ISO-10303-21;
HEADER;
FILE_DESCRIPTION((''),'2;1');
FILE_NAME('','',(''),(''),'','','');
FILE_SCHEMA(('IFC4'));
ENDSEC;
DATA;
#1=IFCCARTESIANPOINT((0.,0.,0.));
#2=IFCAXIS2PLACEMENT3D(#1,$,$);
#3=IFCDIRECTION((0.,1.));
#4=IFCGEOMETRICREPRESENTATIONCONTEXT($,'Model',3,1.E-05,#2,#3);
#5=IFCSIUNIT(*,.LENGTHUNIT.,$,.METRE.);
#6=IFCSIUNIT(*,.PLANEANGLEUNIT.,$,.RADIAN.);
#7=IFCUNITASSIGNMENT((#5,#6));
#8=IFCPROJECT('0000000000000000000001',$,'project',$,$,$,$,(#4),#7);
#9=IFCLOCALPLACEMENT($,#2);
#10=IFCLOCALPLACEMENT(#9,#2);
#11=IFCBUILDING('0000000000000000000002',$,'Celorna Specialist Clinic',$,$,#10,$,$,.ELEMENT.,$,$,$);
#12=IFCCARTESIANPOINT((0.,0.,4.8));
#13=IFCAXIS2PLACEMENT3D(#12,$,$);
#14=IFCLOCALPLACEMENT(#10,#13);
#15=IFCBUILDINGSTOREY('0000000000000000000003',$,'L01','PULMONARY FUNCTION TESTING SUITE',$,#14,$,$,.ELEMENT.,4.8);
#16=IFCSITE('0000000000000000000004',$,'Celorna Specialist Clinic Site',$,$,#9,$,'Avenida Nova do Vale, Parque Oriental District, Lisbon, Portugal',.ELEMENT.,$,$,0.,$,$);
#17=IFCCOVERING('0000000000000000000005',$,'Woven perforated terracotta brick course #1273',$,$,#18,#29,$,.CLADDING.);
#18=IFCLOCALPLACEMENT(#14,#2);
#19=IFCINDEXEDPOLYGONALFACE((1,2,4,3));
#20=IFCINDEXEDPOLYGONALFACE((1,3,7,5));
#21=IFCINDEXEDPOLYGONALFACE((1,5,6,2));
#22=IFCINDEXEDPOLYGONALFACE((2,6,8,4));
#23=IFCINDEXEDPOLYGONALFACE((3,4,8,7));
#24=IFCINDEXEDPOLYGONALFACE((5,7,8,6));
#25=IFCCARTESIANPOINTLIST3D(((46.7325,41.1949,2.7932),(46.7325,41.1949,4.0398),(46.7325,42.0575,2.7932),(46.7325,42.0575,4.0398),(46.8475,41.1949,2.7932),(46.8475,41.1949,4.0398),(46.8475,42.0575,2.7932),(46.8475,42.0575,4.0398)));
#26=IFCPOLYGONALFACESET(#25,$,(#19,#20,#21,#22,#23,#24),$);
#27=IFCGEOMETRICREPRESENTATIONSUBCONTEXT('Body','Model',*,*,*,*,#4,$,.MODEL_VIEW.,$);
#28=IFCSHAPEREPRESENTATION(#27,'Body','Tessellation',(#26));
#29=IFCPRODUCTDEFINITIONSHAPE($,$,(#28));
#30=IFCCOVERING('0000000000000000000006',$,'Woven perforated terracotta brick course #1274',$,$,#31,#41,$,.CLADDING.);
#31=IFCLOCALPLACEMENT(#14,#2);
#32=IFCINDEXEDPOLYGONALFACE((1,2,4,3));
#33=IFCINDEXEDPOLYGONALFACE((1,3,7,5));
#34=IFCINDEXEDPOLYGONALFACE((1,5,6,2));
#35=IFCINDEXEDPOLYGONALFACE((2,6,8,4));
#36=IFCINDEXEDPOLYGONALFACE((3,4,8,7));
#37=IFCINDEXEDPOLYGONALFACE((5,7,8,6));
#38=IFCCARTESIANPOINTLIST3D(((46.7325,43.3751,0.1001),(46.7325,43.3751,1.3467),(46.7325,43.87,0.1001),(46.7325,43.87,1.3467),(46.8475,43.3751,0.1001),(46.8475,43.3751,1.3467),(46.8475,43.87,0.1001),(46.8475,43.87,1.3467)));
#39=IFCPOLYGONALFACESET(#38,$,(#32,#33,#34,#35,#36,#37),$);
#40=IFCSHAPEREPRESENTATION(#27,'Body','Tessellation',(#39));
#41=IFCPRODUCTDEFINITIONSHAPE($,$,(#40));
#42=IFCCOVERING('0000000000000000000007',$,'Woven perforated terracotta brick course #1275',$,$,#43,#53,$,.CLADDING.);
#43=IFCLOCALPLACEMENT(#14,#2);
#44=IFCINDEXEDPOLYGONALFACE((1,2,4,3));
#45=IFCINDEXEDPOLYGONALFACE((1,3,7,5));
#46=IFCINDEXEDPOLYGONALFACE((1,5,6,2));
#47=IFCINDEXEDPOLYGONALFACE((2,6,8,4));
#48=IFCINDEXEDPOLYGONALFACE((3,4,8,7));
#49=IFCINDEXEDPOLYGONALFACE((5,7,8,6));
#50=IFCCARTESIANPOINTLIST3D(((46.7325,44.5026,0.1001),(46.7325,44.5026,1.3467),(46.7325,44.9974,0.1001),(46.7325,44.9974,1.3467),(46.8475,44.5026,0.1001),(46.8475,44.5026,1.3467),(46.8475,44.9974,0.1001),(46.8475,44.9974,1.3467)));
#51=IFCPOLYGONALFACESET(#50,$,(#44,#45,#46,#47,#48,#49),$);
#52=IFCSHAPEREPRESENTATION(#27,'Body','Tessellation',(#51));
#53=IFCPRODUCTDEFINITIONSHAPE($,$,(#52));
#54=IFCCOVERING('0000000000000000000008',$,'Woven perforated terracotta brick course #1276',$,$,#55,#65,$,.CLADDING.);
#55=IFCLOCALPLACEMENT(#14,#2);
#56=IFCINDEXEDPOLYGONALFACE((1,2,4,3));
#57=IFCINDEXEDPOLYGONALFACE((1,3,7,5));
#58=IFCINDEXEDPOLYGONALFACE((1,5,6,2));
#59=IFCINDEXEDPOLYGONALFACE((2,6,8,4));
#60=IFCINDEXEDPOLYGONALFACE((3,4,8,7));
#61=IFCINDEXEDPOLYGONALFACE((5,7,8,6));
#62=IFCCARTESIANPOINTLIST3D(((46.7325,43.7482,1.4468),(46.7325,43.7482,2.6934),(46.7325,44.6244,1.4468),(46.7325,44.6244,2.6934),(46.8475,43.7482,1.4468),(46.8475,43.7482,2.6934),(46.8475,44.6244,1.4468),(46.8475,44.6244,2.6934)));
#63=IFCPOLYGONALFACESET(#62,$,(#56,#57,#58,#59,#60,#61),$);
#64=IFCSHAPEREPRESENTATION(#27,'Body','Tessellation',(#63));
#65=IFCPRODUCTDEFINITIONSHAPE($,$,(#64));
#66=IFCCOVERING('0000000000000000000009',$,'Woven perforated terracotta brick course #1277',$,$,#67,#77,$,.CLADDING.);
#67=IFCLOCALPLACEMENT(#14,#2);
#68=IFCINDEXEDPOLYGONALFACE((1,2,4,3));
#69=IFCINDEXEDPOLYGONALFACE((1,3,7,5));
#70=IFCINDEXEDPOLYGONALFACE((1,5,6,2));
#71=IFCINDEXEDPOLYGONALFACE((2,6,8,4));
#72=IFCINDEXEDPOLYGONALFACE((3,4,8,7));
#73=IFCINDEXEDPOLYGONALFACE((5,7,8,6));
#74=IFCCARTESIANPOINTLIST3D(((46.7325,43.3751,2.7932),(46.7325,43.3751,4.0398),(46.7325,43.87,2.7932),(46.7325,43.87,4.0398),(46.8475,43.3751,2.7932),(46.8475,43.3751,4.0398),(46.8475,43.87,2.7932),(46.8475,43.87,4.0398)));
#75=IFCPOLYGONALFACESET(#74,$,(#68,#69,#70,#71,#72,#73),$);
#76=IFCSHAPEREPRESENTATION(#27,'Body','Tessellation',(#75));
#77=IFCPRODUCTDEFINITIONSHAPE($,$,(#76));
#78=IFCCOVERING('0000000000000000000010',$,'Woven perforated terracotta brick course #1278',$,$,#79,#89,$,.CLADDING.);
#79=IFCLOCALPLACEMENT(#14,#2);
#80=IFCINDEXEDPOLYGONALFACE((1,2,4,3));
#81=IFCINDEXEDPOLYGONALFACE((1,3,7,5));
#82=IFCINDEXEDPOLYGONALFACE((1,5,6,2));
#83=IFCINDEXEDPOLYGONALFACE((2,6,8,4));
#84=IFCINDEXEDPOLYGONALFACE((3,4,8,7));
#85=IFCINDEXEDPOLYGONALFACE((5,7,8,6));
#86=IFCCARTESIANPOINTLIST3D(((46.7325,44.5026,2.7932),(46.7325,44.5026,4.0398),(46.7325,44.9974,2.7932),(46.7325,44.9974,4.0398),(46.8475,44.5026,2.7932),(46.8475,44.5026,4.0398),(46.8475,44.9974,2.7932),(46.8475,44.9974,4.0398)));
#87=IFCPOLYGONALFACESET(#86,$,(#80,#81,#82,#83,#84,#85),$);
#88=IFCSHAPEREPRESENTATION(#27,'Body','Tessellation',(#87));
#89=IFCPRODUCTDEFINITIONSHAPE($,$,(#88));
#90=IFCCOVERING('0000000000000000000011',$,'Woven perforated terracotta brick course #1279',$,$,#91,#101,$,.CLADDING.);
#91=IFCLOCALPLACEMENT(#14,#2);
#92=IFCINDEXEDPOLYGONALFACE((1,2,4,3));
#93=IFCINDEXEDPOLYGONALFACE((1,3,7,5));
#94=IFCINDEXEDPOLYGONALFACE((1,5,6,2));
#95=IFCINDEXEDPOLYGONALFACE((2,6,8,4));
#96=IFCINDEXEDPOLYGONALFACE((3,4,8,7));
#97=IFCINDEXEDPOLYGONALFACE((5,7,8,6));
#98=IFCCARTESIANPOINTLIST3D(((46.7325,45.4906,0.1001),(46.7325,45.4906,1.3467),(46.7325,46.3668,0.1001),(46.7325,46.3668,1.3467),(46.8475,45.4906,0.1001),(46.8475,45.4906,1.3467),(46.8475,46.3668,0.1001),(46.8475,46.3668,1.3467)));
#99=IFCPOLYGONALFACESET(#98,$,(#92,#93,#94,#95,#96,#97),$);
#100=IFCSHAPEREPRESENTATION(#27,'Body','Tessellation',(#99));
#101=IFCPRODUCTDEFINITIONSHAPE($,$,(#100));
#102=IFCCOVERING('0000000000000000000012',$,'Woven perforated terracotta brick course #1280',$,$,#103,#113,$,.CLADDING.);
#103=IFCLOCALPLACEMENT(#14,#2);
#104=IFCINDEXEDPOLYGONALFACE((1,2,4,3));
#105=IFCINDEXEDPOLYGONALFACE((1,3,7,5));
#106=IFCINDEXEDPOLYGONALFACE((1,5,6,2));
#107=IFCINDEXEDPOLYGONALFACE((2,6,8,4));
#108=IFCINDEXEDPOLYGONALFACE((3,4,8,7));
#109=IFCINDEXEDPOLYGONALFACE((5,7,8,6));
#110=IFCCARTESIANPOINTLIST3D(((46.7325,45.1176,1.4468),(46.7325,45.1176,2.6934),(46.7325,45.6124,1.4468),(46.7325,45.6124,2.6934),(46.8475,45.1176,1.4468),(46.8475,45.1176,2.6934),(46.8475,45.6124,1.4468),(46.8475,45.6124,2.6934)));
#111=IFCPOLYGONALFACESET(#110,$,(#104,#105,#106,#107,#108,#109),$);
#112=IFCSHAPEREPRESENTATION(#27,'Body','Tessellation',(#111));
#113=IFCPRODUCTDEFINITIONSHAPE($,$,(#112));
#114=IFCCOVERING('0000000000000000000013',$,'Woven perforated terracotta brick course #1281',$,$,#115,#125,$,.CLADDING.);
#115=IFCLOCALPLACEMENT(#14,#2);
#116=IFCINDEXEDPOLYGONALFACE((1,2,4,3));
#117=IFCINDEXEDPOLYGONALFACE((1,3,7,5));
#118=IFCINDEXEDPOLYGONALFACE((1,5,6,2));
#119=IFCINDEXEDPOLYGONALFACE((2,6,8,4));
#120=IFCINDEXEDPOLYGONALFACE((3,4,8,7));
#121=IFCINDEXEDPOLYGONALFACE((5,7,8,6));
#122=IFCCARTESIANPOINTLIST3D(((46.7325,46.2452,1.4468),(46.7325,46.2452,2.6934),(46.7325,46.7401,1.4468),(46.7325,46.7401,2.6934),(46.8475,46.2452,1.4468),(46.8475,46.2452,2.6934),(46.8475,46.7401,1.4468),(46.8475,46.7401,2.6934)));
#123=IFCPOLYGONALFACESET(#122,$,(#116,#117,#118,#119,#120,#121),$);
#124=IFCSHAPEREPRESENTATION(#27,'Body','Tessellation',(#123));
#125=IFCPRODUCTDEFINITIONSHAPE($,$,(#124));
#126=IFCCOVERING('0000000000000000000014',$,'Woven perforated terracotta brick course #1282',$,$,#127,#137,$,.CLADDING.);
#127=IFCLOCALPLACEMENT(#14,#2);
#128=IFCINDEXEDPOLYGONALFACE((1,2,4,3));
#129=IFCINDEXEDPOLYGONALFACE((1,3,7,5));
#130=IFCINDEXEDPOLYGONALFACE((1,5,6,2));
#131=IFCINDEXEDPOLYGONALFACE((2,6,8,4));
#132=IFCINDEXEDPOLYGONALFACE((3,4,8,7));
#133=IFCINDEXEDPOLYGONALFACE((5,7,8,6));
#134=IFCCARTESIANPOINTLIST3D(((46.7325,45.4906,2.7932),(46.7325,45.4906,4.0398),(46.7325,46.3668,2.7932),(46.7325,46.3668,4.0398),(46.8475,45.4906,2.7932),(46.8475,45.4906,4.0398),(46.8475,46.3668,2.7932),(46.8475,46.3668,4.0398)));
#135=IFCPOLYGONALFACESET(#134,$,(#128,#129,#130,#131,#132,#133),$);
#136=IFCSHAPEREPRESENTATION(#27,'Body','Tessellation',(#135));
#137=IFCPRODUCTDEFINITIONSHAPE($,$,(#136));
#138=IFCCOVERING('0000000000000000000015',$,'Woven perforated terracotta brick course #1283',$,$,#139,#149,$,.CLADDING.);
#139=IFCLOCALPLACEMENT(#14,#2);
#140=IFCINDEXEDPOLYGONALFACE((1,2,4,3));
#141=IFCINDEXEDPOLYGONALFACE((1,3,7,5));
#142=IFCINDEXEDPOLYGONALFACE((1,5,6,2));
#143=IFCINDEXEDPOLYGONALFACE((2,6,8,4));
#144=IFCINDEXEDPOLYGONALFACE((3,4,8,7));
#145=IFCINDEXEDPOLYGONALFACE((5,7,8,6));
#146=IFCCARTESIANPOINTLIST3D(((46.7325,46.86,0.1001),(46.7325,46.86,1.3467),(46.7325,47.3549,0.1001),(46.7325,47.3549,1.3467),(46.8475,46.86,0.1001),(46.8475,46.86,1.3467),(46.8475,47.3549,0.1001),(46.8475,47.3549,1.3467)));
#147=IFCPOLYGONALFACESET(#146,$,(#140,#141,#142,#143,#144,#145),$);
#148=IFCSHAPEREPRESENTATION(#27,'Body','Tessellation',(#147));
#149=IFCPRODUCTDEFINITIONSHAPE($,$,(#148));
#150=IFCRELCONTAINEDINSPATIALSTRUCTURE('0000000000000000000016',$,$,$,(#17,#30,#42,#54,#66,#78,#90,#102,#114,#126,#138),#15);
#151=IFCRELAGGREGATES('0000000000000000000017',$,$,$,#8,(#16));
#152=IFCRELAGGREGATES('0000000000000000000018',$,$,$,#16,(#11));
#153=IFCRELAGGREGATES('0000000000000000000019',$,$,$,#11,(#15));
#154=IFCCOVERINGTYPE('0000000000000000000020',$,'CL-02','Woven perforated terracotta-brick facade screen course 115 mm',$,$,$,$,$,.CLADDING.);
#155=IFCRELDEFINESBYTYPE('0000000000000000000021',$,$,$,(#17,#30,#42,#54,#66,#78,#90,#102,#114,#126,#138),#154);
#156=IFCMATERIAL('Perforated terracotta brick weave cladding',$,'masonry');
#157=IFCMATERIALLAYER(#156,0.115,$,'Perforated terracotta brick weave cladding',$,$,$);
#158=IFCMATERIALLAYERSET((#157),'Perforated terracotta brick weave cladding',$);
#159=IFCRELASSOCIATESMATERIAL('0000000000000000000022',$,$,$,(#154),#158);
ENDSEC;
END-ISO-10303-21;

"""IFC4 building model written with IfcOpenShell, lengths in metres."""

from ifc_helpers import new_model, si_unit, direction, frame, origin, origin_2d, place, context, subcontext, project, spatial, rectangle, extrude, material, layer, layer_set, type_object, element, save


model = new_model("IFC4")

# Units and contexts
model_context = context("Model", 3, precision=1e-05, world=origin(), true_north=direction((0.0, 1.0)))
body_context = subcontext(model_context, "Body", "Model", "MODEL_VIEW")
ifc_project = project(units=[si_unit("LENGTHUNIT", "METRE"), si_unit("PLANEANGLEUNIT", "RADIAN")], contexts=[model_context])

# Site, building, storey
site_placement = place(None, origin())
site = spatial("IfcSite", under=ifc_project, at=site_placement, Name="Celorna Specialist Clinic Site", LongName="Avenida Nova do Vale, Parque Oriental District, Lisbon, Portugal", CompositionType="ELEMENT", RefElevation=0.0)
building_placement = place(site_placement, origin())
building = spatial("IfcBuilding", under=site, at=building_placement, Name="Celorna Specialist Clinic", CompositionType="ELEMENT")
storey_placement = place(building_placement, frame((0.0, 0.0, 4.8)))
storey = spatial("IfcBuildingStorey", under=building, at=storey_placement, Name="L01", Description="PULMONARY FUNCTION TESTING SUITE", CompositionType="ELEMENT", Elevation=4.8)

# Coverings
ifc_material_1 = material(Name="Perforated terracotta brick weave cladding", Category="masonry")
ifc_layer_1 = layer(ifc_material_1, 0.115, Name="Perforated terracotta brick weave cladding")
ifc_layer_set_1 = layer_set([ifc_layer_1], Name="Perforated terracotta brick weave cladding")
covering_type = type_object("IfcCoveringType", Name="CL-02", Description="Woven perforated terracotta-brick facade screen course 115 mm", PredefinedType="CLADDING", material=ifc_layer_set_1)
covering_1_placement = place(storey_placement, frame((46.79, 41.6262, 2.7932), z_axis=(0.0, 0.0, 1.0), x_axis=(0.0, 1.0, 0.0)))
element("IfcCovering", 1, at=covering_1_placement, inside=storey, type_object=covering_type, Name="Woven perforated terracotta brick course #1273", PredefinedType="CLADDING", context=body_context, shape_type="SweptSolid", body=[
    extrude(rectangle(XDim=0.8625, YDim=0.115, at=origin_2d()), origin(), (0.0, 0.0, 1.0), 1.2466),
])
for number, where, z_axis, x_axis, name in (
    (2, (46.79, 43.6226, 0.1001), (0.0, 0.0, 1.0), (0.0, 1.0, 0.0), "Woven perforated terracotta brick course #1274"),
    (3, (46.79, 44.75, 0.1001), (0.0, 0.0, 1.0), (0.0, 1.0, 0.0), "Woven perforated terracotta brick course #1275"),
):
    element("IfcCovering", number, at=place(storey_placement, frame(where, z_axis=z_axis, x_axis=x_axis)), inside=storey, type_object=covering_type, Name=name, PredefinedType="CLADDING", context=body_context, shape_type="SweptSolid", body=[
        extrude(rectangle(XDim=0.4949, YDim=0.115, at=origin_2d()), origin(), (0.0, 0.0, 1.0), 1.2466),
    ])
covering_2_placement = place(storey_placement, frame((46.79, 44.1863, 1.4468), z_axis=(0.0, 0.0, 1.0), x_axis=(0.0, 1.0, 0.0)))
element("IfcCovering", 4, at=covering_2_placement, inside=storey, type_object=covering_type, Name="Woven perforated terracotta brick course #1276", PredefinedType="CLADDING", context=body_context, shape_type="SweptSolid", body=[
    extrude(rectangle(XDim=0.8762, YDim=0.115, at=origin_2d()), origin(), (0.0, 0.0, 1.0), 1.2466),
])
for number, where, z_axis, x_axis, name in (
    (5, (46.79, 43.6226, 2.7932), (0.0, 0.0, 1.0), (0.0, 1.0, 0.0), "Woven perforated terracotta brick course #1277"),
    (6, (46.79, 44.75, 2.7932), (0.0, 0.0, 1.0), (0.0, 1.0, 0.0), "Woven perforated terracotta brick course #1278"),
):
    element("IfcCovering", number, at=place(storey_placement, frame(where, z_axis=z_axis, x_axis=x_axis)), inside=storey, type_object=covering_type, Name=name, PredefinedType="CLADDING", context=body_context, shape_type="SweptSolid", body=[
        extrude(rectangle(XDim=0.4949, YDim=0.115, at=origin_2d()), origin(), (0.0, 0.0, 1.0), 1.2466),
    ])
covering_3_placement = place(storey_placement, frame((46.79, 45.9287, 0.1001), z_axis=(0.0, 0.0, 1.0), x_axis=(0.0, 1.0, 0.0)))
element("IfcCovering", 7, at=covering_3_placement, inside=storey, type_object=covering_type, Name="Woven perforated terracotta brick course #1279", PredefinedType="CLADDING", context=body_context, shape_type="SweptSolid", body=[
    extrude(rectangle(XDim=0.8762, YDim=0.115, at=origin_2d()), origin(), (0.0, 0.0, 1.0), 1.2466),
])
for number, where, z_axis, x_axis, name in (
    (8, (46.79, 45.365, 1.4468), (0.0, 0.0, 1.0), (0.0, 1.0, 0.0), "Woven perforated terracotta brick course #1280"),
    (9, (46.79, 46.4927, 1.4468), (0.0, 0.0, 1.0), (0.0, 1.0, 0.0), "Woven perforated terracotta brick course #1281"),
):
    element("IfcCovering", number, at=place(storey_placement, frame(where, z_axis=z_axis, x_axis=x_axis)), inside=storey, type_object=covering_type, Name=name, PredefinedType="CLADDING", context=body_context, shape_type="SweptSolid", body=[
        extrude(rectangle(XDim=0.4949, YDim=0.115, at=origin_2d()), origin(), (0.0, 0.0, 1.0), 1.2466),
    ])
covering_4_placement = place(storey_placement, frame((46.79, 45.9287, 2.7932), z_axis=(0.0, 0.0, 1.0), x_axis=(0.0, 1.0, 0.0)))
element("IfcCovering", 10, at=covering_4_placement, inside=storey, type_object=covering_type, Name="Woven perforated terracotta brick course #1282", PredefinedType="CLADDING", context=body_context, shape_type="SweptSolid", body=[
    extrude(rectangle(XDim=0.8762, YDim=0.115, at=origin_2d()), origin(), (0.0, 0.0, 1.0), 1.2466),
])
covering_5_placement = place(storey_placement, frame((46.79, 47.1074, 0.1001), z_axis=(0.0, 0.0, 1.0), x_axis=(0.0, 1.0, 0.0)))
element("IfcCovering", 11, at=covering_5_placement, inside=storey, type_object=covering_type, Name="Woven perforated terracotta brick course #1283", PredefinedType="CLADDING", context=body_context, shape_type="SweptSolid", body=[
    extrude(rectangle(XDim=0.4949, YDim=0.115, at=origin_2d()), origin(), (0.0, 0.0, 1.0), 1.2466),
])

save(model, "model.ifc")
